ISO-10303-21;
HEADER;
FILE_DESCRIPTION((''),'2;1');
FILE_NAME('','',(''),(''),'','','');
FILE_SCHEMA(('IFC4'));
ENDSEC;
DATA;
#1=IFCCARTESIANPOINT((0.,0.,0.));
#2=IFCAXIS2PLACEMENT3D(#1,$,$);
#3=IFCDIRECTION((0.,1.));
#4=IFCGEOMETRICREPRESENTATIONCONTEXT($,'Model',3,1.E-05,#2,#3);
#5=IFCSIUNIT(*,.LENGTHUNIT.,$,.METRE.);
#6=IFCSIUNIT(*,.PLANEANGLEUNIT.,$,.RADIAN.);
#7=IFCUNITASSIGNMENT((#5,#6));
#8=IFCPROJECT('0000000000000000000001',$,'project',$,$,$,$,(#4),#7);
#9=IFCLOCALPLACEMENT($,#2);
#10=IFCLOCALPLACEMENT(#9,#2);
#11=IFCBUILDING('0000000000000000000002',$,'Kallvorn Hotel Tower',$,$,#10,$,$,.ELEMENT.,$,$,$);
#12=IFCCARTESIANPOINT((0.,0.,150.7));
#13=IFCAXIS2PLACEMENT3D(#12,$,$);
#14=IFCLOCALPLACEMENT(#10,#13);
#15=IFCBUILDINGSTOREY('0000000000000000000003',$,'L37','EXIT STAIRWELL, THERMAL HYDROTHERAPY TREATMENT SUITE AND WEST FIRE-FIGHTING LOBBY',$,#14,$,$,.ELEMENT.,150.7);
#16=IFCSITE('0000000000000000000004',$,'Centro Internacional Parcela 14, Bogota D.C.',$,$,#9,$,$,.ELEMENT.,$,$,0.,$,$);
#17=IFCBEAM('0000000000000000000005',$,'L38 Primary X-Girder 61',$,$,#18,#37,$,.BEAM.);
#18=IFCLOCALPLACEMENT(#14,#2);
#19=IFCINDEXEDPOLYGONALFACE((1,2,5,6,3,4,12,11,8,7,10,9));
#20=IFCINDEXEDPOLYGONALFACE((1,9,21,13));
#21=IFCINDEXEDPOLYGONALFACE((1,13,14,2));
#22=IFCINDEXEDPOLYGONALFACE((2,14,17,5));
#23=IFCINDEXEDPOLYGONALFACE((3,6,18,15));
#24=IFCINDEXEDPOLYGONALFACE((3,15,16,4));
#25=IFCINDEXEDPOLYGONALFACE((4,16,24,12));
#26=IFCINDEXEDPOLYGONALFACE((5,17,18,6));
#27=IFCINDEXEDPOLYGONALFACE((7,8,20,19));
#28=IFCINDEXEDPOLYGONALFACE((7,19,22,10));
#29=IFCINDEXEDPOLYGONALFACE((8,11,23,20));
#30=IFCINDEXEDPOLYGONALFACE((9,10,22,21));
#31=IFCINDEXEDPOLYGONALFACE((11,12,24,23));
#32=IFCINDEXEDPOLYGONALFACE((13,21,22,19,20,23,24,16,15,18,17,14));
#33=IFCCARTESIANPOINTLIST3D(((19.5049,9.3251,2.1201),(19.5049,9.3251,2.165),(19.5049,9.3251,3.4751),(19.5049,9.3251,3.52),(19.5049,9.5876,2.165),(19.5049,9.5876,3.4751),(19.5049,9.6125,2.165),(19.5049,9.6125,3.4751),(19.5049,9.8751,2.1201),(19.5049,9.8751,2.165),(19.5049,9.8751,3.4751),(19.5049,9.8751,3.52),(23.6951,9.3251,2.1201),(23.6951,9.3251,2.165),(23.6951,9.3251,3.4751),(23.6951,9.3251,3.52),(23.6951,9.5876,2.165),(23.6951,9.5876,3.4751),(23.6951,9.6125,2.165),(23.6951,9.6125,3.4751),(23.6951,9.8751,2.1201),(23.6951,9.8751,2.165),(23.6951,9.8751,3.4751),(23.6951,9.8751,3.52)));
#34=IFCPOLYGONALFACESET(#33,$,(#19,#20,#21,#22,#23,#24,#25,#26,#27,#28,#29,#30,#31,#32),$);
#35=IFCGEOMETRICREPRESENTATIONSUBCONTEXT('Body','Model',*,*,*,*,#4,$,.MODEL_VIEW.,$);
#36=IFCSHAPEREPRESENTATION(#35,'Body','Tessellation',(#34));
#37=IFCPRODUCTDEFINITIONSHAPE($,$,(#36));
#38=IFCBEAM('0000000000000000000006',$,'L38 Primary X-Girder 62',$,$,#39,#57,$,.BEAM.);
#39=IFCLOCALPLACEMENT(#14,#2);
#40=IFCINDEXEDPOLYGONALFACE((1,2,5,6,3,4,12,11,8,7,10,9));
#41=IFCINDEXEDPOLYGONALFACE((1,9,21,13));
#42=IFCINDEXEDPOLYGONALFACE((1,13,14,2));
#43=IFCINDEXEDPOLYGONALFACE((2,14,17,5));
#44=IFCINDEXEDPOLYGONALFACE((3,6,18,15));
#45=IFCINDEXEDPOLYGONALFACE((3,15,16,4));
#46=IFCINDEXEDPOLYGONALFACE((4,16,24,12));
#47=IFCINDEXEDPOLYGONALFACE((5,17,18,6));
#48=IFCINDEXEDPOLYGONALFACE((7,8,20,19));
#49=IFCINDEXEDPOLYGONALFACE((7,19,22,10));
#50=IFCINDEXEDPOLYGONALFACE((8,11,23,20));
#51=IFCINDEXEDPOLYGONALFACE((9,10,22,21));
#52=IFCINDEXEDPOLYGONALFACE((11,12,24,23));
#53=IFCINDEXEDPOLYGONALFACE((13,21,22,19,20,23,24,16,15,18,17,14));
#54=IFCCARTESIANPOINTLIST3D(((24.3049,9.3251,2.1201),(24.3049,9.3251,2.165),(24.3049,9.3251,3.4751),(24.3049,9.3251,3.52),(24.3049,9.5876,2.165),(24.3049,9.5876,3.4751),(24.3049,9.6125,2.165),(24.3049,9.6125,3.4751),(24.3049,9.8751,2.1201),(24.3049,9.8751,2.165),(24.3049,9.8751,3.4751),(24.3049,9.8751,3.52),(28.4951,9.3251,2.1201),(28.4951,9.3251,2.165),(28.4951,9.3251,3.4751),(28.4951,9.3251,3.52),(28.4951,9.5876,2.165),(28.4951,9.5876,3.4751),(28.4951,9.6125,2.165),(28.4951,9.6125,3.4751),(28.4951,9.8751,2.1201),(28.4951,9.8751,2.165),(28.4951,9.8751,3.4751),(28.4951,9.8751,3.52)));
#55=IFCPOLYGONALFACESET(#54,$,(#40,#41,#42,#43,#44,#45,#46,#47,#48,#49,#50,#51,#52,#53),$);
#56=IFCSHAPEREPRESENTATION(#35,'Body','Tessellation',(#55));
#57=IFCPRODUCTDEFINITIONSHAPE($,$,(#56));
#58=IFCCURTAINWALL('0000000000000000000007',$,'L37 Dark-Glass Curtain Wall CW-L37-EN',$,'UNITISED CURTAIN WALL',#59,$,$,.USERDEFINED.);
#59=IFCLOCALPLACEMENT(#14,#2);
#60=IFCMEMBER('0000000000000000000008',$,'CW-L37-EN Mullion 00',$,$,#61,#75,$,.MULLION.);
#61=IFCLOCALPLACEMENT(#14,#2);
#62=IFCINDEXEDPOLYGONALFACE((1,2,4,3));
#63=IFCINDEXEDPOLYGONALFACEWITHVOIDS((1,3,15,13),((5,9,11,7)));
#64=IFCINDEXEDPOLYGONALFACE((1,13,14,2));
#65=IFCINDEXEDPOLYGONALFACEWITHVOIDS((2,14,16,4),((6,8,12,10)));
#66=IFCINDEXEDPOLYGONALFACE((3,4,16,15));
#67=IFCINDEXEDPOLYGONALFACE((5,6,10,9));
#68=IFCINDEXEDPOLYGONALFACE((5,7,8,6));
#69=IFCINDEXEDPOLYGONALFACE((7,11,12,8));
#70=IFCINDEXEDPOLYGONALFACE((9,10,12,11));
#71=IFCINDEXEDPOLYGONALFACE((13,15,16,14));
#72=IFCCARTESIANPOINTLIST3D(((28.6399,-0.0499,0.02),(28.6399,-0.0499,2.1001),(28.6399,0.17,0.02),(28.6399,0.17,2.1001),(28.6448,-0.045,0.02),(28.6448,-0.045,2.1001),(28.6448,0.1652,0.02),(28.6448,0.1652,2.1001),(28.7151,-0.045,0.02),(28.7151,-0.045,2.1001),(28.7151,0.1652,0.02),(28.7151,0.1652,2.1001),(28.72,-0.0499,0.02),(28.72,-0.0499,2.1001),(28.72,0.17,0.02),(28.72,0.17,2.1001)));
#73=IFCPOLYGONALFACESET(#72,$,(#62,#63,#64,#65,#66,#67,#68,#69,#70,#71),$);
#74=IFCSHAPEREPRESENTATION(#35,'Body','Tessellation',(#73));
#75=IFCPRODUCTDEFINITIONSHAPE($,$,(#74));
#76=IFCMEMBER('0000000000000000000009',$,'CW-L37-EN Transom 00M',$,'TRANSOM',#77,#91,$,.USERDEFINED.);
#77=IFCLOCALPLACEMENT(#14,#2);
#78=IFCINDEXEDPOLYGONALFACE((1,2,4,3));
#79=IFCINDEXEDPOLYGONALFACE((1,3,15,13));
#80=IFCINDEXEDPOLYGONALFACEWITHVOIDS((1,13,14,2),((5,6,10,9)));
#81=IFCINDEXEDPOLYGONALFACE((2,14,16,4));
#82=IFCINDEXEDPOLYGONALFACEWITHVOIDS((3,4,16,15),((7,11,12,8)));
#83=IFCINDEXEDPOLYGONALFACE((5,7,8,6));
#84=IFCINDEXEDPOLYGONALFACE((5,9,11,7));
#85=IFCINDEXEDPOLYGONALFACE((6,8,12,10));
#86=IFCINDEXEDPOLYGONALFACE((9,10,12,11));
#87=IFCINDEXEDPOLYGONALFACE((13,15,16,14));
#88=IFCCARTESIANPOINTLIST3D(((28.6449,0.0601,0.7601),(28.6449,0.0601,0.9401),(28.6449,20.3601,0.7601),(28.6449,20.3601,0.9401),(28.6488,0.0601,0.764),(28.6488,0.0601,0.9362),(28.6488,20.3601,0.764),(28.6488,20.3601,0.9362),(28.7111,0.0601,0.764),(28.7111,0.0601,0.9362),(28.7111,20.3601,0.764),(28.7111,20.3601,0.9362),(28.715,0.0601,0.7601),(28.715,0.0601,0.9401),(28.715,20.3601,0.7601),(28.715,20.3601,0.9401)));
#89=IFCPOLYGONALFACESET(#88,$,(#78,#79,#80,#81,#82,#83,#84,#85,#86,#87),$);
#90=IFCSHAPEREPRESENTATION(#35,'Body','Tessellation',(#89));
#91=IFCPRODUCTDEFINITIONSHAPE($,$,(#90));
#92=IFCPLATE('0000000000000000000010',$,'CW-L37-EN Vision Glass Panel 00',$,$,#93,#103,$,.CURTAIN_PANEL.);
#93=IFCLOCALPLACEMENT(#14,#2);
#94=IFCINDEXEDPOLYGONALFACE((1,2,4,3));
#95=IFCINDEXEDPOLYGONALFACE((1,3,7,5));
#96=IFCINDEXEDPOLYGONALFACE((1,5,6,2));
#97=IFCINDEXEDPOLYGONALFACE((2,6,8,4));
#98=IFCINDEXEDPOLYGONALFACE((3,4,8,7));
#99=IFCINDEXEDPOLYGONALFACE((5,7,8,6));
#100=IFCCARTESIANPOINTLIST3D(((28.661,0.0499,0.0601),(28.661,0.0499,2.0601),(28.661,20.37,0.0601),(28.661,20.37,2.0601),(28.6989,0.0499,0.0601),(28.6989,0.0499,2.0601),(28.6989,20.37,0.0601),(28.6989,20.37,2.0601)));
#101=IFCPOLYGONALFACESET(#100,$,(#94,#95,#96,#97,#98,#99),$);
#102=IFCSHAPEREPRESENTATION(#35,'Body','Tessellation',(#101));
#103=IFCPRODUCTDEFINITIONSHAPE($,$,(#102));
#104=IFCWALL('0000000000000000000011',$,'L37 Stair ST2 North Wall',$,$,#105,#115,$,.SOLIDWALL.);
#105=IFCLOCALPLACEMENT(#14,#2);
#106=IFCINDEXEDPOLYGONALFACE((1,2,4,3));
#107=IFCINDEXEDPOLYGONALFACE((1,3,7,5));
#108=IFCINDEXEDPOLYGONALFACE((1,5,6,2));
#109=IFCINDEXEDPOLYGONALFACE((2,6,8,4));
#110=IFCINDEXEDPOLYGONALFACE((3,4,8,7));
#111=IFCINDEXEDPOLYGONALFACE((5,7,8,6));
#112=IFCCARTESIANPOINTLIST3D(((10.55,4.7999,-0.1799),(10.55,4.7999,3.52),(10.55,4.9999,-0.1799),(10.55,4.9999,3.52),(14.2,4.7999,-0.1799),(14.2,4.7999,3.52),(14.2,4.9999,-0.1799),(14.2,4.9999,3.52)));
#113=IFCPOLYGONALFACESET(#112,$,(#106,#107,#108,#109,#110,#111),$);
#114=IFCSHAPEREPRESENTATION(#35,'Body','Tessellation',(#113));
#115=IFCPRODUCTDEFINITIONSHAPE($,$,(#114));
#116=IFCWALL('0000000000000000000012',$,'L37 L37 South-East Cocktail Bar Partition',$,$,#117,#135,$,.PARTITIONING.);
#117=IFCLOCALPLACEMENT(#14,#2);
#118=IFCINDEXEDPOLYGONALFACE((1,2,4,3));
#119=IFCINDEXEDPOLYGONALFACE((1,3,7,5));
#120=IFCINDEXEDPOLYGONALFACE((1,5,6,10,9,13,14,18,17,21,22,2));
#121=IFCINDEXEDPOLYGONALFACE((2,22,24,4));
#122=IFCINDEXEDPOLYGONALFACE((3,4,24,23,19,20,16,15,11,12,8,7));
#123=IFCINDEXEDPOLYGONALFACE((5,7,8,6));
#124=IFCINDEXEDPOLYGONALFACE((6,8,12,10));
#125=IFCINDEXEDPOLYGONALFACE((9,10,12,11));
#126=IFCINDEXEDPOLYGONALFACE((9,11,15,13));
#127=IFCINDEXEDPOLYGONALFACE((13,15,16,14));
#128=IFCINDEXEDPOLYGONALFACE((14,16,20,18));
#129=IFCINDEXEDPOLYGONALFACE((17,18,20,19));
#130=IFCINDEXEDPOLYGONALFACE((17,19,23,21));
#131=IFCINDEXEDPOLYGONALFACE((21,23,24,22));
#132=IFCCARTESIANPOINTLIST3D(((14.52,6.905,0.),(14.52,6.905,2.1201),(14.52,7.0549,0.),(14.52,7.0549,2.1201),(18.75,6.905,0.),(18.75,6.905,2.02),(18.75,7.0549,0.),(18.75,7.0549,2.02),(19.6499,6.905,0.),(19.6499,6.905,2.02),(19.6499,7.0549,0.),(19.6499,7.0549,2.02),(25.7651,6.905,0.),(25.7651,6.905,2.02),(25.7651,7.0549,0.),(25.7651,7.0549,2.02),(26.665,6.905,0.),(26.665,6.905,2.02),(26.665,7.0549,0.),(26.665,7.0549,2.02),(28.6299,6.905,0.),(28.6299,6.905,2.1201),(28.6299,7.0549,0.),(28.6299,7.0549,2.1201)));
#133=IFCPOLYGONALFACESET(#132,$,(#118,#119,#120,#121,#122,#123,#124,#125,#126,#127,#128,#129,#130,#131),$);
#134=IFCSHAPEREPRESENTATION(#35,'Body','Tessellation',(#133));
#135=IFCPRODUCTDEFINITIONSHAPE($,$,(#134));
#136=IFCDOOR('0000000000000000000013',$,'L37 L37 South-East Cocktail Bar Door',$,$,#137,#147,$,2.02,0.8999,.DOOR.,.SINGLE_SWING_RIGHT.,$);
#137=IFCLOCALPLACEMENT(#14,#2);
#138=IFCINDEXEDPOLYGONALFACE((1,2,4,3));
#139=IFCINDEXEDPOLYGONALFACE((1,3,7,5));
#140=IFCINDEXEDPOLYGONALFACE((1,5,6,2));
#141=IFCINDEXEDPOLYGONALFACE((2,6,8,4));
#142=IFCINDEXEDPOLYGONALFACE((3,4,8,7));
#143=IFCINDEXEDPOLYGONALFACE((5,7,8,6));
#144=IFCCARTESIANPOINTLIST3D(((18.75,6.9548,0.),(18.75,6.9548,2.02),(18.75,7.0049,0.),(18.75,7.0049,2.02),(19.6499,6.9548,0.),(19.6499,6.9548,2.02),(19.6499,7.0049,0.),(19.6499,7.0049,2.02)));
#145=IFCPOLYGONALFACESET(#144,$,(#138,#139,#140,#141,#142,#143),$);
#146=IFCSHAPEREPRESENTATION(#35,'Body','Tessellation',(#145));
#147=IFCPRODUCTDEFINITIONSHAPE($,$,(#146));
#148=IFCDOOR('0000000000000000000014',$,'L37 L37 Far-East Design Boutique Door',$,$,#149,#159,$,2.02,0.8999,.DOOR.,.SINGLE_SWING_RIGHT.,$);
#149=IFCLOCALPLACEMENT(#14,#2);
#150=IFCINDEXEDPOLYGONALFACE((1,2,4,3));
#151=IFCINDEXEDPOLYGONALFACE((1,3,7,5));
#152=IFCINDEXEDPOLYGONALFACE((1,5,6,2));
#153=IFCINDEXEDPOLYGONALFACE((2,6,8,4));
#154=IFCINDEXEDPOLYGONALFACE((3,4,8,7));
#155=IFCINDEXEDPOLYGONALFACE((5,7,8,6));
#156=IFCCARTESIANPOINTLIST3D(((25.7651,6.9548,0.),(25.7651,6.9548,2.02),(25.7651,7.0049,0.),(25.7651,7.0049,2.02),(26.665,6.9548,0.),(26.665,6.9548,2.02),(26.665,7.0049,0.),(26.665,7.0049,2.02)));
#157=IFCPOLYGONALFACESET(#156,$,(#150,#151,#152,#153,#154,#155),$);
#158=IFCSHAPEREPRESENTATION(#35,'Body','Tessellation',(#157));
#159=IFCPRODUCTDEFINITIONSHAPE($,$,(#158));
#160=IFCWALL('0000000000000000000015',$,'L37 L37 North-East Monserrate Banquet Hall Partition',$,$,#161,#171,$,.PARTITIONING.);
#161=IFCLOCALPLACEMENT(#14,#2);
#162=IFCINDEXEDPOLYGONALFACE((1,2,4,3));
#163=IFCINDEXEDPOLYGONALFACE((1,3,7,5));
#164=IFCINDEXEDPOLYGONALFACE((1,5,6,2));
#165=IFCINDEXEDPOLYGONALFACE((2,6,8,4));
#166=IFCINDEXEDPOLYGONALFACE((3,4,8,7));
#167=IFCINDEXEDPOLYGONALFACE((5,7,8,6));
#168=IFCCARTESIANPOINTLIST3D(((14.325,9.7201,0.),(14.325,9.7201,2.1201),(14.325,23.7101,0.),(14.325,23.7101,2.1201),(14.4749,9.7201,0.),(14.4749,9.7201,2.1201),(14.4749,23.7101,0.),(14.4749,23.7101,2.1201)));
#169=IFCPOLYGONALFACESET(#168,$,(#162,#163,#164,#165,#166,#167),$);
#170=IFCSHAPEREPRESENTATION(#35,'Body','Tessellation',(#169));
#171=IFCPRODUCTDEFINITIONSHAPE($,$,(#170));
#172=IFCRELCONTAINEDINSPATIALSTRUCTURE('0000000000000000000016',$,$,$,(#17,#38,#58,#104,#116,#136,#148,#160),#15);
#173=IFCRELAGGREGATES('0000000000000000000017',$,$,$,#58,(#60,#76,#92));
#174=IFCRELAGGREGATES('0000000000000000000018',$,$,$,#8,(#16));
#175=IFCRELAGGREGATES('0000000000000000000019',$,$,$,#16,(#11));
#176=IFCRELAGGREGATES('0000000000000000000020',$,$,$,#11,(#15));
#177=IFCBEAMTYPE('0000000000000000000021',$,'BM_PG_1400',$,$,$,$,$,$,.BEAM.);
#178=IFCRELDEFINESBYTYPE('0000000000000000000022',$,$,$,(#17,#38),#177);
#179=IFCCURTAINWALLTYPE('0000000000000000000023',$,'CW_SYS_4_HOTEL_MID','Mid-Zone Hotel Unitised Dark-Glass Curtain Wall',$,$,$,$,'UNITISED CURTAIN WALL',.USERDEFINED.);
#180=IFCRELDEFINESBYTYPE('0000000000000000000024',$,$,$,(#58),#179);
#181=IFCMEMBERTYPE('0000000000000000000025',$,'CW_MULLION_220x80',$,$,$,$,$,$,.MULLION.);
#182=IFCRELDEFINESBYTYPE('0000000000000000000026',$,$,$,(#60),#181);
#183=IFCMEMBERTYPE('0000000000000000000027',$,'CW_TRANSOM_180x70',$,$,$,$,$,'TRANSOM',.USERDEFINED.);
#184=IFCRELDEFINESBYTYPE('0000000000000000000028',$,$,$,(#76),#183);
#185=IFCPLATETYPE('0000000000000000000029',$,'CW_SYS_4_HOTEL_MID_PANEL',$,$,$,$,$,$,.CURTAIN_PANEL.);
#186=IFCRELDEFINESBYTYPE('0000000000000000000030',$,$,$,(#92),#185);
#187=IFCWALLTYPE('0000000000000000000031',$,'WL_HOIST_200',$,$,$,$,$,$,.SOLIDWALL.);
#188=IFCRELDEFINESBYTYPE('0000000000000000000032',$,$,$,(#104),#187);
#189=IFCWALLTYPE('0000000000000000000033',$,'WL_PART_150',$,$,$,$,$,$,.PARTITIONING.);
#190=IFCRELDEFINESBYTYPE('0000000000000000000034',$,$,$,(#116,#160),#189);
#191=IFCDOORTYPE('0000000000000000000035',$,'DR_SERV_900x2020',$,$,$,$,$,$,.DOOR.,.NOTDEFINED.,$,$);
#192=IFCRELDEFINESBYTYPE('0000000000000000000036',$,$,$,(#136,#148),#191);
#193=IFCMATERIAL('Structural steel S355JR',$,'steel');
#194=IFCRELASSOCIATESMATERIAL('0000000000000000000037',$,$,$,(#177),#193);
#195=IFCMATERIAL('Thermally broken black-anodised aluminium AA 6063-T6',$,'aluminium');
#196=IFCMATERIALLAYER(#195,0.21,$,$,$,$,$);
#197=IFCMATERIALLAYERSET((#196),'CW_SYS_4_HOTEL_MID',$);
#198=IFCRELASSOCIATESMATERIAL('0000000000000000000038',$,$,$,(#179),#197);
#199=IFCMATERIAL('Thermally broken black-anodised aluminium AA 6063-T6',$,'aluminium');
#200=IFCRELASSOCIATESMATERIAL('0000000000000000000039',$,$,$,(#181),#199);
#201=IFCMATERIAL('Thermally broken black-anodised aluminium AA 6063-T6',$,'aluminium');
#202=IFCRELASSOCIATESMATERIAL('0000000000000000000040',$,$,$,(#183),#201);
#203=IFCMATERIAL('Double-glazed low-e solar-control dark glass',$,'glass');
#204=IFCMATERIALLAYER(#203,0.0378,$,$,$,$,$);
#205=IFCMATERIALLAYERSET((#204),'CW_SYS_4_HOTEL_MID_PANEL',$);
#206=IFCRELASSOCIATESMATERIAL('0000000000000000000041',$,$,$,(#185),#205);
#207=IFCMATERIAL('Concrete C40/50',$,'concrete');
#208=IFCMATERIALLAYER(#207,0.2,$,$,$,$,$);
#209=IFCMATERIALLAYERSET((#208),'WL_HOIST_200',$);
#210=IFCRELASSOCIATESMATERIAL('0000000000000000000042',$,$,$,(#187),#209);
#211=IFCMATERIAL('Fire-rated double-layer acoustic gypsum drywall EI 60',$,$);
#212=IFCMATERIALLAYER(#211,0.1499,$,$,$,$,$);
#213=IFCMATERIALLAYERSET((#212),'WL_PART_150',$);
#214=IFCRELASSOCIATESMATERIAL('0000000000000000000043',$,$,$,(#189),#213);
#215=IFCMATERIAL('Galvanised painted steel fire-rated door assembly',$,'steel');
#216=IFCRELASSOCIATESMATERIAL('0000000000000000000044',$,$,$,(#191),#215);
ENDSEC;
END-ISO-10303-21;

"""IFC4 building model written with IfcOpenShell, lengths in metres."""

from ifc_helpers import new_model, si_unit, direction, frame, frame_2d, origin, origin_2d, place, context, subcontext, project, spatial, rectangle, hollow_rectangle, i_section, extrude, material, layer, layer_set, material_profile, profile_set, type_object, element, fill, aggregate, save


model = new_model("IFC4")

# Units and contexts
model_context = context("Model", 3, precision=1e-05, world=origin(), true_north=direction((0.0, 1.0)))
body_context = subcontext(model_context, "Body", "Model", "MODEL_VIEW")
ifc_project = project(units=[si_unit("LENGTHUNIT", "METRE"), si_unit("PLANEANGLEUNIT", "RADIAN")], contexts=[model_context])

# Site, building, storey
site_placement = place(None, origin())
site = spatial("IfcSite", under=ifc_project, at=site_placement, Name="Centro Internacional Parcela 14, Bogota D.C.", CompositionType="ELEMENT", RefElevation=0.0)
building_placement = place(site_placement, origin())
building = spatial("IfcBuilding", under=site, at=building_placement, Name="Kallvorn Hotel Tower", CompositionType="ELEMENT")
storey_placement = place(building_placement, frame((0.0, 0.0, 150.7)))
storey = spatial("IfcBuildingStorey", under=building, at=storey_placement, Name="L37", Description="EXIT STAIRWELL, THERMAL HYDROTHERAPY TREATMENT SUITE AND WEST FIRE-FIGHTING LOBBY", CompositionType="ELEMENT", Elevation=150.7)

# Beams
ifc_material_1 = material(Name="Structural steel S355JR", Category="steel")
ifc_material_profile_1 = material_profile(ifc_material_1, i_section(OverallWidth=0.55, OverallDepth=1.3999, WebThickness=0.0249, FlangeThickness=0.0449, at=origin_2d()), Name="PG 1400x550x25x45")
ifc_profile_set_1 = profile_set([ifc_material_profile_1], Name="Structural steel S355JR")
beam_type_1 = type_object("IfcBeamType", Name="BM_PG_1400", PredefinedType="BEAM", material=ifc_profile_set_1)
for number, where, z_axis, x_axis, name in (
    (1, (19.5049, 9.6001, 2.8201), (1.0, 0.0, 0.0), (0.0, 1.0, 0.0), "L38 Primary X-Girder 61"),
    (2, (24.3049, 9.6001, 2.8201), (1.0, 0.0, 0.0), (0.0, 1.0, 0.0), "L38 Primary X-Girder 62"),
):
    element("IfcBeam", number, at=place(storey_placement, frame(where, z_axis=z_axis, x_axis=x_axis)), inside=storey, type_object=beam_type_1, Name=name, PredefinedType="BEAM", context=body_context, shape_type="SweptSolid", body=[
        extrude(i_section(OverallWidth=0.55, OverallDepth=1.3999, WebThickness=0.0249, FlangeThickness=0.0449, at=origin_2d()), origin(), (0.0, 0.0, 1.0), 4.1902),
    ])

# Curtain wall, members, plate
ifc_material_2 = material(Name="Thermally broken black-anodised aluminium AA 6063-T6", Category="aluminium")
ifc_layer_1 = layer(ifc_material_2, 0.21)
ifc_layer_set_1 = layer_set([ifc_layer_1], Name="CW_SYS_4_HOTEL_MID")
curtain_wall_type = type_object("IfcCurtainWallType", Name="CW_SYS_4_HOTEL_MID", Description="Mid-Zone Hotel Unitised Dark-Glass Curtain Wall", ElementType="UNITISED CURTAIN WALL", PredefinedType="USERDEFINED", material=ifc_layer_set_1)
curtain_wall_placement = place(storey_placement, origin())
curtain_wall = element("IfcCurtainWall", 3, at=curtain_wall_placement, inside=storey, type_object=curtain_wall_type, Name="L37 Dark-Glass Curtain Wall CW-L37-EN", ObjectType="UNITISED CURTAIN WALL", PredefinedType="USERDEFINED")
ifc_material_3 = material(Name="Thermally broken black-anodised aluminium AA 6063-T6", Category="aluminium")
ifc_material_profile_2 = material_profile(ifc_material_3, hollow_rectangle(XDim=0.0801, YDim=0.22, WallThickness=0.0049, at=origin_2d()), Name="MUL 220x80")
ifc_profile_set_2 = profile_set([ifc_material_profile_2], Name="Thermally broken black-anodised aluminium AA 6063-T6")
member_type_1 = type_object("IfcMemberType", Name="CW_MULLION_220x80", PredefinedType="MULLION", material=ifc_profile_set_2)
member_1_placement = place(storey_placement, frame((28.6799, 0.0601, 0.02), z_axis=(0.0, 0.0, 1.0), x_axis=(1.0, 0.0, 0.0)))
member_1 = element("IfcMember", 4, at=member_1_placement, type_object=member_type_1, Name="CW-L37-EN Mullion 00", PredefinedType="MULLION", context=body_context, shape_type="SweptSolid", body=[
    extrude(hollow_rectangle(XDim=0.0801, YDim=0.22, WallThickness=0.0049, at=origin_2d()), origin(), (0.0, 0.0, 1.0), 2.0801),
])
ifc_material_4 = material(Name="Thermally broken black-anodised aluminium AA 6063-T6", Category="aluminium")
ifc_material_profile_3 = material_profile(ifc_material_4, hollow_rectangle(XDim=0.0701, YDim=0.1799, WallThickness=0.0039, at=origin_2d()), Name="TRN 180x70")
ifc_profile_set_3 = profile_set([ifc_material_profile_3], Name="Thermally broken black-anodised aluminium AA 6063-T6")
member_type_2 = type_object("IfcMemberType", Name="CW_TRANSOM_180x70", ElementType="TRANSOM", PredefinedType="USERDEFINED", material=ifc_profile_set_3)
member_2_placement = place(storey_placement, frame((28.6799, 0.0601, 0.8501), z_axis=(0.0, 1.0, 0.0), x_axis=(-1.0, 0.0, 0.0)))
member_2 = element("IfcMember", 5, at=member_2_placement, type_object=member_type_2, Name="CW-L37-EN Transom 00M", ObjectType="TRANSOM", PredefinedType="USERDEFINED", context=body_context, shape_type="SweptSolid", body=[
    extrude(hollow_rectangle(XDim=0.0701, YDim=0.1799, WallThickness=0.0039, at=origin_2d()), origin(), (0.0, 0.0, 1.0), 20.3),
])
ifc_material_5 = material(Name="Double-glazed low-e solar-control dark glass", Category="glass")
ifc_layer_2 = layer(ifc_material_5, 0.0378)
ifc_layer_set_2 = layer_set([ifc_layer_2], Name="CW_SYS_4_HOTEL_MID_PANEL")
plate_type = type_object("IfcPlateType", Name="CW_SYS_4_HOTEL_MID_PANEL", PredefinedType="CURTAIN_PANEL", material=ifc_layer_set_2)
plate_placement = place(storey_placement, frame((28.6799, 10.21, 0.0601), z_axis=(0.0, 0.0, 1.0), x_axis=(0.0, 1.0, 0.0)))
plate = element("IfcPlate", 6, at=plate_placement, type_object=plate_type, Name="CW-L37-EN Vision Glass Panel 00", PredefinedType="CURTAIN_PANEL", context=body_context, shape_type="SweptSolid", body=[
    extrude(rectangle(XDim=20.3201, YDim=0.0378, at=origin_2d()), origin(), (0.0, 0.0, 1.0), 2.0),
])
aggregate(curtain_wall, [member_1, member_2, plate])

# Wall
ifc_material_6 = material(Name="Concrete C40/50", Category="concrete")
ifc_layer_3 = layer(ifc_material_6, 0.2)
ifc_layer_set_3 = layer_set([ifc_layer_3], Name="WL_HOIST_200")
wall_type_1 = type_object("IfcWallType", Name="WL_HOIST_200", PredefinedType="SOLIDWALL", material=ifc_layer_set_3)
wall_1_placement = place(storey_placement, frame((10.55, 4.8999, -0.1799), z_axis=(0.0, 0.0, 1.0), x_axis=(1.0, 0.0, 0.0)))
element("IfcWall", 7, at=wall_1_placement, inside=storey, type_object=wall_type_1, Name="L37 Stair ST2 North Wall", PredefinedType="SOLIDWALL", context=body_context, shape_type="SweptSolid", body=[
    extrude(rectangle(XDim=3.6499, YDim=0.2, at=frame_2d((1.825, 0.0))), origin(), (0.0, 0.0, 1.0), 3.7),
])

# Wall, openings, doors
ifc_material_7 = material(Name="Fire-rated double-layer acoustic gypsum drywall EI 60")
ifc_layer_4 = layer(ifc_material_7, 0.1499)
ifc_layer_set_4 = layer_set([ifc_layer_4], Name="WL_PART_150")
wall_type_2 = type_object("IfcWallType", Name="WL_PART_150", PredefinedType="PARTITIONING", material=ifc_layer_set_4)
wall_2_placement = place(storey_placement, frame((14.52, 6.98, 0.0), z_axis=(0.0, 0.0, 1.0), x_axis=(1.0, 0.0, 0.0)))
wall_2 = element("IfcWall", 8, at=wall_2_placement, inside=storey, type_object=wall_type_2, Name="L37 L37 South-East Cocktail Bar Partition", PredefinedType="PARTITIONING", context=body_context, shape_type="SweptSolid", body=[
    extrude(rectangle(XDim=14.1099, YDim=0.1499, at=frame_2d((7.0549, 0.0))), origin(), (0.0, 0.0, 1.0), 2.1201),
])
opening_1_placement = place(wall_2_placement, frame((4.23, 0.0, 0.0)))
opening_1 = element("IfcOpeningElement", 9, at=opening_1_placement, cuts=wall_2, PredefinedType="OPENING", context=body_context, shape_type="SweptSolid", body=[
    extrude(rectangle(XDim=0.8999, YDim=2.02, at=frame_2d((0.45, 1.01))), frame((0.0, 0.0898, 0.0), z_axis=(0.0, -1.0, 0.0), x_axis=(1.0, 0.0, 0.0)), (0.0, 0.0, 1.0), 0.1799),
])
opening_2_placement = place(wall_2_placement, frame((11.2451, 0.0, 0.0)))
opening_2 = element("IfcOpeningElement", 10, at=opening_2_placement, cuts=wall_2, PredefinedType="OPENING", context=body_context, shape_type="SweptSolid", body=[
    extrude(rectangle(XDim=0.8999, YDim=2.02, at=frame_2d((0.45, 1.01))), frame((0.0, 0.0898, 0.0), z_axis=(0.0, -1.0, 0.0), x_axis=(1.0, 0.0, 0.0)), (0.0, 0.0, 1.0), 0.1799),
])
ifc_material_8 = material(Name="Galvanised painted steel fire-rated door assembly", Category="steel")
door_type = type_object("IfcDoorType", Name="DR_SERV_900x2020", OperationType="NOTDEFINED", PredefinedType="DOOR", material=ifc_material_8)
door_1_placement = place(opening_1_placement, origin())
door_1 = element("IfcDoor", 11, at=door_1_placement, inside=storey, type_object=door_type, Name="L37 L37 South-East Cocktail Bar Door", OperationType="SINGLE_SWING_RIGHT", OverallHeight=2.02, OverallWidth=0.8999, PredefinedType="DOOR", context=body_context, shape_type="SweptSolid", body=[
    extrude(rectangle(XDim=0.8999, YDim=2.02, at=frame_2d((0.45, 1.01))), frame((0.0, 0.0249, 0.0), z_axis=(0.0, -1.0, 0.0), x_axis=(1.0, 0.0, 0.0)), (0.0, 0.0, 1.0), 0.05),
])
fill(opening_1, door_1)
door_2_placement = place(opening_2_placement, origin())
door_2 = element("IfcDoor", 12, at=door_2_placement, inside=storey, type_object=door_type, Name="L37 L37 Far-East Design Boutique Door", OperationType="SINGLE_SWING_RIGHT", OverallHeight=2.02, OverallWidth=0.8999, PredefinedType="DOOR", context=body_context, shape_type="SweptSolid", body=[
    extrude(rectangle(XDim=0.8999, YDim=2.02, at=frame_2d((0.45, 1.01))), frame((0.0, 0.0249, 0.0), z_axis=(0.0, -1.0, 0.0), x_axis=(1.0, 0.0, 0.0)), (0.0, 0.0, 1.0), 0.05),
])
fill(opening_2, door_2)

# Wall
wall_3_placement = place(storey_placement, frame((14.3999, 9.72, 0.0), z_axis=(0.0, 0.0, 1.0), x_axis=(0.0, 1.0, 0.0)))
element("IfcWall", 13, at=wall_3_placement, inside=storey, type_object=wall_type_2, Name="L37 L37 North-East Monserrate Banquet Hall Partition", PredefinedType="PARTITIONING", context=body_context, shape_type="SweptSolid", body=[
    extrude(rectangle(XDim=13.99, YDim=0.1499, at=frame_2d((6.9951, 0.0))), origin(), (0.0, 0.0, 1.0), 2.1201),
])

save(model, "model.ifc")
